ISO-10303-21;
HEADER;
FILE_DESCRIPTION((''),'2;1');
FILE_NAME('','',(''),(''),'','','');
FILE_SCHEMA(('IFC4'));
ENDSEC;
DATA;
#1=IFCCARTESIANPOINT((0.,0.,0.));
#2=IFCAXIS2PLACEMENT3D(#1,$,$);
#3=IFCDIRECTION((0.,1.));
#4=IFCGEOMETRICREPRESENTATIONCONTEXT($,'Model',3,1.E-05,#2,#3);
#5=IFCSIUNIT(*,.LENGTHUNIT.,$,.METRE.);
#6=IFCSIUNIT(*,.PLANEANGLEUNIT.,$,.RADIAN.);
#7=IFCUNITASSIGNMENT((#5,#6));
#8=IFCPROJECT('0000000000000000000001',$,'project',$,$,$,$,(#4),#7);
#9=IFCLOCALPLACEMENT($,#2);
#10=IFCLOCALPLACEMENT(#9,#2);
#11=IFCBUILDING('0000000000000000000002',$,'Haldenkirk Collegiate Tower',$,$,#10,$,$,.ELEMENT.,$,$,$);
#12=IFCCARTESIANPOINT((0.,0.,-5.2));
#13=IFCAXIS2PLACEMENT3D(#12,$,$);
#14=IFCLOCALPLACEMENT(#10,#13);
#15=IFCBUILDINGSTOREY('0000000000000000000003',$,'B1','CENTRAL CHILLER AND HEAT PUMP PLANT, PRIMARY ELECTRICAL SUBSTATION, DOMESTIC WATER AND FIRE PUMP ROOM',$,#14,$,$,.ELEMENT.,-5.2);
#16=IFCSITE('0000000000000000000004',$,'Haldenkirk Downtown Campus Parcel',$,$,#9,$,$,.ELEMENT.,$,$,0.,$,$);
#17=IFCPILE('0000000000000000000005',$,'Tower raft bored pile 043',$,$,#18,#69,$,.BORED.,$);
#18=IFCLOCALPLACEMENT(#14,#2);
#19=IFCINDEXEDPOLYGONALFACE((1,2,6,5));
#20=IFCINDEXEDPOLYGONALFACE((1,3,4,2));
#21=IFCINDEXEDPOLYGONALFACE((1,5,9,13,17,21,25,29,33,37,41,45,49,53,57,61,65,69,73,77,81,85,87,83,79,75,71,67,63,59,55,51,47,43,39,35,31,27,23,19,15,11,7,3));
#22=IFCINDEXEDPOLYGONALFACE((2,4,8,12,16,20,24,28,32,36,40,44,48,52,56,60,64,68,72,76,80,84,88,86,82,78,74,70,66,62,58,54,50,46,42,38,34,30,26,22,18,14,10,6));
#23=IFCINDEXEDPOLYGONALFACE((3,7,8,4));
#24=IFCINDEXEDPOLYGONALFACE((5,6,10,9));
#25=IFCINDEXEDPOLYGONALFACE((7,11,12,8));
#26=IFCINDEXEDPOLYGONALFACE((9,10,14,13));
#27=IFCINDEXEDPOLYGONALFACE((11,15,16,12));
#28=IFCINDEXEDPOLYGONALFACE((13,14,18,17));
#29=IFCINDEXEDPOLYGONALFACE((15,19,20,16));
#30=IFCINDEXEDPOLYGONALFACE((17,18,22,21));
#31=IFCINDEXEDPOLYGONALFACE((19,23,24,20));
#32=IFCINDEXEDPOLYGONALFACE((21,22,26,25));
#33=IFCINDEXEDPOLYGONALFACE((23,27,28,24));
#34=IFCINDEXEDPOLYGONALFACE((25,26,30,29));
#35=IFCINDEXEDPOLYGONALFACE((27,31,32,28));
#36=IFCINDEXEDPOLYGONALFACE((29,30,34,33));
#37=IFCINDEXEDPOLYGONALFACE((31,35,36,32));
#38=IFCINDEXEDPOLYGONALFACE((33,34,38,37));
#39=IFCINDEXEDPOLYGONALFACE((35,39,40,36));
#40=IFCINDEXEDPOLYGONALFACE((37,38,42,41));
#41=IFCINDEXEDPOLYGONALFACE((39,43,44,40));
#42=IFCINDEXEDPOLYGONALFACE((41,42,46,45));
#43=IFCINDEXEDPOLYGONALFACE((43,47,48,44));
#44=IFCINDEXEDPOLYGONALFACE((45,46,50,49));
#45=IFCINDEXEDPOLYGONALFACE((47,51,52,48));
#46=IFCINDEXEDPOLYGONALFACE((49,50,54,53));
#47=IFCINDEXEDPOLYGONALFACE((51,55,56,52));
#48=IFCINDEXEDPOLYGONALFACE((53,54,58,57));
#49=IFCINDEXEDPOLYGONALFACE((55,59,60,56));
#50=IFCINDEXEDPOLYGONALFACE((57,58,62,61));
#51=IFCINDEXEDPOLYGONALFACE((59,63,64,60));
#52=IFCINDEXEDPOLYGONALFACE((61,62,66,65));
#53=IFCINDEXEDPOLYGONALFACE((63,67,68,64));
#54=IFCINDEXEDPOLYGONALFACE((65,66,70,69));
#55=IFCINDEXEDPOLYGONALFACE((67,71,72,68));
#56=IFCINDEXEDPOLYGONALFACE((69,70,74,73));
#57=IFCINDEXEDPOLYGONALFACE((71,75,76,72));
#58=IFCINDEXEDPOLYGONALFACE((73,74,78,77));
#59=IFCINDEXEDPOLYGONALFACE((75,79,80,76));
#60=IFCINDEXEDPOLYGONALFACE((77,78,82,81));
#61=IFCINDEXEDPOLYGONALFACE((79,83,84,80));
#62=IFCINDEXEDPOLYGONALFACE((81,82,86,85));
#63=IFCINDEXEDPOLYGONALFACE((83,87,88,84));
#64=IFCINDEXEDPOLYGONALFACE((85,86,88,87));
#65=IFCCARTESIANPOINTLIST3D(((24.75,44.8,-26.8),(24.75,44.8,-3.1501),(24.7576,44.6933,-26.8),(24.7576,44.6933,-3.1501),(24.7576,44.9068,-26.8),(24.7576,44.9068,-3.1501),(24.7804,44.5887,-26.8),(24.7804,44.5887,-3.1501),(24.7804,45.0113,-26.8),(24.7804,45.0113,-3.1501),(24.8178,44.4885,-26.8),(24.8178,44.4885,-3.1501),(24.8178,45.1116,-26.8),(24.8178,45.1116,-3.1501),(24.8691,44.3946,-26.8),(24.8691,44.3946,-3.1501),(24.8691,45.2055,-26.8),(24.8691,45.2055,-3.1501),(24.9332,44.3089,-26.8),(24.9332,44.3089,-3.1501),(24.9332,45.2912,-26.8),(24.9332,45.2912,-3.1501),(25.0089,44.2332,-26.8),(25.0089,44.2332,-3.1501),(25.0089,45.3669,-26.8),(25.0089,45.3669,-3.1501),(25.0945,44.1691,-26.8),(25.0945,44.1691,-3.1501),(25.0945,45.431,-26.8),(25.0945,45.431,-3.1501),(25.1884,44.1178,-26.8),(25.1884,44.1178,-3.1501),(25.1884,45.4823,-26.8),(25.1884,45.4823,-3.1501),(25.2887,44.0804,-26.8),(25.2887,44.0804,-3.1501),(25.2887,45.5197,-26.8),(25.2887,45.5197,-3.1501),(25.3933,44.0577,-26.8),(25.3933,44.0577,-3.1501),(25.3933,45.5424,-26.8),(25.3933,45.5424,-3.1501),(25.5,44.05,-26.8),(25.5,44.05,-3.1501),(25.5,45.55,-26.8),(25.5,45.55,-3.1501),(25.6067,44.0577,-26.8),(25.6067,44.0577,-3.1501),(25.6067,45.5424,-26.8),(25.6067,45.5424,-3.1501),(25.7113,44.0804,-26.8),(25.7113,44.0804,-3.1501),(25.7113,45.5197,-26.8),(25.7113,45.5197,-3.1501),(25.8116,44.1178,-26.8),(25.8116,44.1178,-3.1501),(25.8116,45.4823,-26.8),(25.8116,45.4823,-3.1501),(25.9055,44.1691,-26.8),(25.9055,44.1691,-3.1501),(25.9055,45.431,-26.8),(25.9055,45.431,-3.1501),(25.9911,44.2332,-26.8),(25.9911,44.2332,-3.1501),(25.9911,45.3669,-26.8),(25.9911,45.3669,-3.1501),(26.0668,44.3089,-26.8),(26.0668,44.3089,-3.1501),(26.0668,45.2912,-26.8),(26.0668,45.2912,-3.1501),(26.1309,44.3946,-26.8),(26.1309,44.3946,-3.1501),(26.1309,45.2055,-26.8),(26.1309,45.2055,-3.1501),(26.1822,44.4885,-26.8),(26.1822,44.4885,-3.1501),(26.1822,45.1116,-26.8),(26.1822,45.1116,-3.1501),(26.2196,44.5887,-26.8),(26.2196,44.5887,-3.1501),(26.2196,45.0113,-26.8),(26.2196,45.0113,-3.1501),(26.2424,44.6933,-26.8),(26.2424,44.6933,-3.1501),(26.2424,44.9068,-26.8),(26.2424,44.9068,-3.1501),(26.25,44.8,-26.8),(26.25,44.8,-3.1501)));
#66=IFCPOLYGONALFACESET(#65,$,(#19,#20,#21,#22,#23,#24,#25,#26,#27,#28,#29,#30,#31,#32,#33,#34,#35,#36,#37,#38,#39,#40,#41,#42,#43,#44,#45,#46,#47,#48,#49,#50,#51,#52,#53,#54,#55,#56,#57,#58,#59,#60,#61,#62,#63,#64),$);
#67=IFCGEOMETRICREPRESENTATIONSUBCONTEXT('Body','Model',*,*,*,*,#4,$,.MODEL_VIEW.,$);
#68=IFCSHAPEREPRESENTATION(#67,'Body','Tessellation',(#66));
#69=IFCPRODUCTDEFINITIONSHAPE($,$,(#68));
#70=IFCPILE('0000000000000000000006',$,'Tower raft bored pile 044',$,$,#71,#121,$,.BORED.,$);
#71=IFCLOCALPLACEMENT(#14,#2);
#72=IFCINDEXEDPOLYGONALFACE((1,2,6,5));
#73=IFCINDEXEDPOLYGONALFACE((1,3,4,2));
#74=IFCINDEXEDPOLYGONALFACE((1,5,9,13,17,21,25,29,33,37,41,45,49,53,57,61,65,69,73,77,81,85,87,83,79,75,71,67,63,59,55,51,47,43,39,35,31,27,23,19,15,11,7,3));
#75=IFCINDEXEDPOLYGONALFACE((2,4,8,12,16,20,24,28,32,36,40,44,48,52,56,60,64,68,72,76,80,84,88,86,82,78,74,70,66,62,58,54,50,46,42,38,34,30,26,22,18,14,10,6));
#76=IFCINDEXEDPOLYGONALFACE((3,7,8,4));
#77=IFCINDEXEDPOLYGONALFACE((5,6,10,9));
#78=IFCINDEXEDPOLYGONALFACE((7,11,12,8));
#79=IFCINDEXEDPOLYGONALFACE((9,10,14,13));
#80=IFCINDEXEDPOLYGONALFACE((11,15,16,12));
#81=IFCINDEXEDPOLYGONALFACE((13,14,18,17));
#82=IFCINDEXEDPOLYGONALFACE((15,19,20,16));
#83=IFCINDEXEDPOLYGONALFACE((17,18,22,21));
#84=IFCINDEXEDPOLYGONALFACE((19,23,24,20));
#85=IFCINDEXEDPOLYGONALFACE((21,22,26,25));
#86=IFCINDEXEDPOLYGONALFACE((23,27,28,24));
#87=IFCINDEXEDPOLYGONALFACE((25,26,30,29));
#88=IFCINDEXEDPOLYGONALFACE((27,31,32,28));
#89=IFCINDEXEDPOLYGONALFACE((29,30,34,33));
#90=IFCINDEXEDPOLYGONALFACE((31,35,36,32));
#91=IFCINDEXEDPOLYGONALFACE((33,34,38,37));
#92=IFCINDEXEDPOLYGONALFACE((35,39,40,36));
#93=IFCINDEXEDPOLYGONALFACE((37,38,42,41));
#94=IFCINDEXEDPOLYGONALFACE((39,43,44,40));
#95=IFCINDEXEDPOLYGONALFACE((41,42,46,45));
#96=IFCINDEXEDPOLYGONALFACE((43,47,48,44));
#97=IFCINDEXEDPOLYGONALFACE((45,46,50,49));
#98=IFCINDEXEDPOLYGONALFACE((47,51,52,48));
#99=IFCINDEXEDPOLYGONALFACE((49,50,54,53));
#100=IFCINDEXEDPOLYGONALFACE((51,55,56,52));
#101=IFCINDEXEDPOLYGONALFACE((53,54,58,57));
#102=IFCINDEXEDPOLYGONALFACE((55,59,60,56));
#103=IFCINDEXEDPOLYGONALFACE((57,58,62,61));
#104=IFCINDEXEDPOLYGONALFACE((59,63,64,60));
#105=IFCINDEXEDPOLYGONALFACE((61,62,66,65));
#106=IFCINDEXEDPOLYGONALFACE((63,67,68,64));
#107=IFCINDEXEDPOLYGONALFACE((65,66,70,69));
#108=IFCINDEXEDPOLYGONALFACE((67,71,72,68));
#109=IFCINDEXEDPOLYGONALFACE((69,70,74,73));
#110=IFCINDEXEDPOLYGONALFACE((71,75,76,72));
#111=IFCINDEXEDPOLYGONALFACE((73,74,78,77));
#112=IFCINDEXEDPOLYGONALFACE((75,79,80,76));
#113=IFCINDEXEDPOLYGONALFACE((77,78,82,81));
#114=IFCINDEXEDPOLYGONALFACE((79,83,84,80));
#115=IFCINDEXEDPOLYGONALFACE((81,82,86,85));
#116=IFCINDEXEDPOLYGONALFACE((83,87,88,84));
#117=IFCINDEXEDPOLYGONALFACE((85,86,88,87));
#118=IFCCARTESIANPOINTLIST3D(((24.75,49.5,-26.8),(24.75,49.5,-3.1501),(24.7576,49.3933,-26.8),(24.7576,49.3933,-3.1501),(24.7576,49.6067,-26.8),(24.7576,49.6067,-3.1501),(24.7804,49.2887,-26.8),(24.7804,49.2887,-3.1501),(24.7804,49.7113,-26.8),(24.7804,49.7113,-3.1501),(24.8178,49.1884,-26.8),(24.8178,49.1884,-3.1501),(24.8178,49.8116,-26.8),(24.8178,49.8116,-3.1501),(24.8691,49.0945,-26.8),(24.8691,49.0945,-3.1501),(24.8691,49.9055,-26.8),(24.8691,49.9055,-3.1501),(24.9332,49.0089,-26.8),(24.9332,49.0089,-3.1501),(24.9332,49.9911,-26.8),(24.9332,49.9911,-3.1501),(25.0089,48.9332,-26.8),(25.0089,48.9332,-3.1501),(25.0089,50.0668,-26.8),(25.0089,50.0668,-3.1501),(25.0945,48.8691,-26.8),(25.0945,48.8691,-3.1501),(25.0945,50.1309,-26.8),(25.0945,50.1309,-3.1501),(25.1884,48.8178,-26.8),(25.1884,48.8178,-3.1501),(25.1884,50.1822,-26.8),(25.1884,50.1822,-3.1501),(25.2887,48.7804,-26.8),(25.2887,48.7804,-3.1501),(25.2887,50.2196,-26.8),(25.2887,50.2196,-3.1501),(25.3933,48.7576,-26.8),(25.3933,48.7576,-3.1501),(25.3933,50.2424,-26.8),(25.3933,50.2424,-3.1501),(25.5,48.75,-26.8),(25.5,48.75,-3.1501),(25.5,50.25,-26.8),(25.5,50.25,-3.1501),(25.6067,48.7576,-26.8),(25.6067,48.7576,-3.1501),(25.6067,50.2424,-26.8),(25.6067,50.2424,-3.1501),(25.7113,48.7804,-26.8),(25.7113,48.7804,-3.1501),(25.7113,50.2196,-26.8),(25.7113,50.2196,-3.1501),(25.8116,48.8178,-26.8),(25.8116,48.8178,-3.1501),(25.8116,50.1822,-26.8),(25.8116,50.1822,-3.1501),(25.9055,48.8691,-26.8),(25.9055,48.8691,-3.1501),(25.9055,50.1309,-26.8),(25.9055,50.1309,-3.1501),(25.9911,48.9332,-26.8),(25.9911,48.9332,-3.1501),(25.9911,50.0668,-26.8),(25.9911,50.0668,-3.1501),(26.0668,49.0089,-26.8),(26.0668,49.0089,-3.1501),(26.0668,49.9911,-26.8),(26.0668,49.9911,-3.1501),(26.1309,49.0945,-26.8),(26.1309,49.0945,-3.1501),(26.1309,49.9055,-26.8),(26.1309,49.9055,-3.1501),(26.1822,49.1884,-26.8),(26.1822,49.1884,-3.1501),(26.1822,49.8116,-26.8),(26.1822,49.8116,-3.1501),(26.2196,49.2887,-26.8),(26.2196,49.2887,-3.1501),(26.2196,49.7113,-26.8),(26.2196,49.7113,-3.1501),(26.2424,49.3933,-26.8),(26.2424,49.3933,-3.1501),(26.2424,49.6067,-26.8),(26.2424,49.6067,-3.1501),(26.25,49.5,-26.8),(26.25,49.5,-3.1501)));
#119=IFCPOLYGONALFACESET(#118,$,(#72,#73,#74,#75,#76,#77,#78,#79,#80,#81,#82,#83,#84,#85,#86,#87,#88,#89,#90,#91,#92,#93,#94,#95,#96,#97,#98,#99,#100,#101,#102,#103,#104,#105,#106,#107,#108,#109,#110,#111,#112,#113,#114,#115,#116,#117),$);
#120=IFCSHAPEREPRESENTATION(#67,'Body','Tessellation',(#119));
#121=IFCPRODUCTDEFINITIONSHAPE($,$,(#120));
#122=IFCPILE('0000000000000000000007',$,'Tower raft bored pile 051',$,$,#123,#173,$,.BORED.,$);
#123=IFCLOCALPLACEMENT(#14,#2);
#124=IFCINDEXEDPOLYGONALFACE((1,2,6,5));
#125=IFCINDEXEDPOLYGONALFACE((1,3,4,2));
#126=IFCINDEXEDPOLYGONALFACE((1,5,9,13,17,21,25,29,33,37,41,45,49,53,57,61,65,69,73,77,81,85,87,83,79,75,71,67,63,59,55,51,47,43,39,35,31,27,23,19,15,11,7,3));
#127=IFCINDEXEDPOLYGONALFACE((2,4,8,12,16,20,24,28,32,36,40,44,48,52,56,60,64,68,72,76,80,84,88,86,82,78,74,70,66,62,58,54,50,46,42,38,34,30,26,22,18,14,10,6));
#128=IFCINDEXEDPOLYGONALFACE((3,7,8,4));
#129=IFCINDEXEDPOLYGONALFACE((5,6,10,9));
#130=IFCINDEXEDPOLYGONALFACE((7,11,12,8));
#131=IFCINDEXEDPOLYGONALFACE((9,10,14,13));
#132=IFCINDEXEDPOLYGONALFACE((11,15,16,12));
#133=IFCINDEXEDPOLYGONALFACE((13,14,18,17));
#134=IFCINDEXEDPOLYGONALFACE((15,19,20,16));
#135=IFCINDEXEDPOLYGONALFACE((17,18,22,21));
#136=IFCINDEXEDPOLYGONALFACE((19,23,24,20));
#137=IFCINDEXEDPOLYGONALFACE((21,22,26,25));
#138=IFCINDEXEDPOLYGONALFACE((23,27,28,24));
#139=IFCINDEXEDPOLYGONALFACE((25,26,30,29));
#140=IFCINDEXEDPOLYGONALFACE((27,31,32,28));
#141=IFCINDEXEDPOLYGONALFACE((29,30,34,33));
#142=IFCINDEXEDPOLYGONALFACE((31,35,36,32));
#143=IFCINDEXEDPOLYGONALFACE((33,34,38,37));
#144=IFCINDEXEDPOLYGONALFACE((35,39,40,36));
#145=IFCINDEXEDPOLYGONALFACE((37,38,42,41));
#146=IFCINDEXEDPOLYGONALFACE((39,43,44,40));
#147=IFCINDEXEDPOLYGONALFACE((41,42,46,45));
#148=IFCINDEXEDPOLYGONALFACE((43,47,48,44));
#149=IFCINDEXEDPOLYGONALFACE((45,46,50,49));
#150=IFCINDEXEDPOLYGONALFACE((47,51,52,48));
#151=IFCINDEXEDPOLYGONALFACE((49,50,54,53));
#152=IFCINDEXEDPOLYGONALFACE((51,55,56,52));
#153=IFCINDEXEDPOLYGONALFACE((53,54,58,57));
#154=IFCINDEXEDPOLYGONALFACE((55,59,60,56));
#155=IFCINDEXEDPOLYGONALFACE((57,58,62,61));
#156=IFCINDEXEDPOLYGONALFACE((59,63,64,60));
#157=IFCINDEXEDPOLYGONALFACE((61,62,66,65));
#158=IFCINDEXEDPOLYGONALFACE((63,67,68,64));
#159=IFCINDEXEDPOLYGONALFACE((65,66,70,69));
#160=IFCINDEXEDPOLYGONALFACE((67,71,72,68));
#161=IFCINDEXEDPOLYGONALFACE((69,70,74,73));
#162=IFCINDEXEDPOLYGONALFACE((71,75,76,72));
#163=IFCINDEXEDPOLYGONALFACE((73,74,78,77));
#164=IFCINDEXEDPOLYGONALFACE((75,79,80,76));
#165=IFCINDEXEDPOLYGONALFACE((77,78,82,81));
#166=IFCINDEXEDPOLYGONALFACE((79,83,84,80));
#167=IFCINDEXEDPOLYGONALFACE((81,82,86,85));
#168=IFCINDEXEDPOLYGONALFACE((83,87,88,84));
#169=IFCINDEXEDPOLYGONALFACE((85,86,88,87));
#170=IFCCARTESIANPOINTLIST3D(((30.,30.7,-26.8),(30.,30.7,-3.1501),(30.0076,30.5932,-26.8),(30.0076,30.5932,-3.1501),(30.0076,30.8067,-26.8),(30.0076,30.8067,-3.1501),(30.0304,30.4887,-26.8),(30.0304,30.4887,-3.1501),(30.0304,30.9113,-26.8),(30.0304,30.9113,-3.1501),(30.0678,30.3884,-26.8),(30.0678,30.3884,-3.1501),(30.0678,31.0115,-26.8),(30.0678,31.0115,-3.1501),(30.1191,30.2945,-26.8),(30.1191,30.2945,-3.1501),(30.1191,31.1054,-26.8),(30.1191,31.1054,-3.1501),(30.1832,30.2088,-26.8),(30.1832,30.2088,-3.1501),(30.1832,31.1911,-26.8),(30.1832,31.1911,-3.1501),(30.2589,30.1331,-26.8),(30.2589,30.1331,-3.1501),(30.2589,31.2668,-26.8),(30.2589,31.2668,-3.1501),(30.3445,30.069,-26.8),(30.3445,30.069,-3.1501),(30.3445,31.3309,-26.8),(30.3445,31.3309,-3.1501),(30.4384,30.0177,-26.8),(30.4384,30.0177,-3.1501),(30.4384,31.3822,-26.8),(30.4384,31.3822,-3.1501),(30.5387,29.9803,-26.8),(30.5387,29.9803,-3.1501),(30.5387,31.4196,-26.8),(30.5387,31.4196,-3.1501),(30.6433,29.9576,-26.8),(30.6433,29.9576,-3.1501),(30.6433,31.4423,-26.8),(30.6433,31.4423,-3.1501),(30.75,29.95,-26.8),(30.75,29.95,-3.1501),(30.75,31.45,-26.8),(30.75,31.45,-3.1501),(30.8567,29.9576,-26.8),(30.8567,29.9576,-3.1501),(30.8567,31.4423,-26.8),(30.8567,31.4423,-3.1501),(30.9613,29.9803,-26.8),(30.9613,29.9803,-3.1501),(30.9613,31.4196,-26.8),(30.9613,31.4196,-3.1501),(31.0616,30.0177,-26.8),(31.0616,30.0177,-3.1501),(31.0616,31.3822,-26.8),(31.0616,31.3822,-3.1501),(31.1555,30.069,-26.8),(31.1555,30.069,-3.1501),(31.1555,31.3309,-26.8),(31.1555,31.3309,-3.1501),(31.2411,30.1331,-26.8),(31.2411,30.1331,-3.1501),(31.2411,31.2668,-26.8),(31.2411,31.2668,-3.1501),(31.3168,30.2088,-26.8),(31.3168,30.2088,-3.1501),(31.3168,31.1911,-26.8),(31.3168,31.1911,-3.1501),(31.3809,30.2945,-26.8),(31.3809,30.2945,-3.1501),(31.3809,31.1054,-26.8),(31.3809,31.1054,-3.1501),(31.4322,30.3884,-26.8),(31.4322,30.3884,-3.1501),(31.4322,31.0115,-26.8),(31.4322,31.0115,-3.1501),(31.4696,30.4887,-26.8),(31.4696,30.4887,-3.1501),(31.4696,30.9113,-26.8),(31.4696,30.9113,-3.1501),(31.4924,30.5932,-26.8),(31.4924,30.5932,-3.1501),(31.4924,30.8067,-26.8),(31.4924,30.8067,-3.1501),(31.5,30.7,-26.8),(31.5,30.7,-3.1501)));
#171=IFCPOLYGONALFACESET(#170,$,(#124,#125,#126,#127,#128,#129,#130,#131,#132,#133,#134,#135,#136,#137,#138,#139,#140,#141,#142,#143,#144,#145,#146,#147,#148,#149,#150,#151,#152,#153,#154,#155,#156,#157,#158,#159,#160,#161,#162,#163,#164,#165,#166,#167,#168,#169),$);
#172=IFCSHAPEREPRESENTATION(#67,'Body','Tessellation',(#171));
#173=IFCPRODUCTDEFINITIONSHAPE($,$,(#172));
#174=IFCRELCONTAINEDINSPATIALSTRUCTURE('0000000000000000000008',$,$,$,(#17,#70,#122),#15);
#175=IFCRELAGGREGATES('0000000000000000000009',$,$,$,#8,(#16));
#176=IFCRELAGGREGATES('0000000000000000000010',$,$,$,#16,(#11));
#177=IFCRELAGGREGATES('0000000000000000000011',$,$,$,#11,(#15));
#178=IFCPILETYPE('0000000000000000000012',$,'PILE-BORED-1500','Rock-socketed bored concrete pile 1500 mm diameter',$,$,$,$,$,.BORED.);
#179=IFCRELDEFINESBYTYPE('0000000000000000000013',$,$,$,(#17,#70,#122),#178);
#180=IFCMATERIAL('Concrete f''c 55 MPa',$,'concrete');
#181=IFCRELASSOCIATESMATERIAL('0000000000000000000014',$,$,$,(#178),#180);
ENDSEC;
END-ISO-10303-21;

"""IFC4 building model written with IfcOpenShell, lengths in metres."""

from ifc_helpers import new_model, si_unit, direction, frame, origin, origin_2d, place, context, subcontext, project, spatial, circle, extrude, material, material_profile, profile_set, type_object, element, save


model = new_model("IFC4")

# Units and contexts
model_context = context("Model", 3, precision=1e-05, world=origin(), true_north=direction((0.0, 1.0)))
body_context = subcontext(model_context, "Body", "Model", "MODEL_VIEW")
ifc_project = project(units=[si_unit("LENGTHUNIT", "METRE"), si_unit("PLANEANGLEUNIT", "RADIAN")], contexts=[model_context])

# Site, building, storey
site_placement = place(None, origin())
site = spatial("IfcSite", under=ifc_project, at=site_placement, Name="Haldenkirk Downtown Campus Parcel", CompositionType="ELEMENT", RefElevation=0.0)
building_placement = place(site_placement, origin())
building = spatial("IfcBuilding", under=site, at=building_placement, Name="Haldenkirk Collegiate Tower", CompositionType="ELEMENT")
storey_placement = place(building_placement, frame((0.0, 0.0, -5.2)))
storey = spatial("IfcBuildingStorey", under=building, at=storey_placement, Name="B1", Description="CENTRAL CHILLER AND HEAT PUMP PLANT, PRIMARY ELECTRICAL SUBSTATION, DOMESTIC WATER AND FIRE PUMP ROOM", CompositionType="ELEMENT", Elevation=-5.2)

# Piles
ifc_material_1 = material(Name="Concrete f'c 55 MPa", Category="concrete")
ifc_material_profile_1 = material_profile(ifc_material_1, circle(Radius=0.75, at=origin_2d()), Name="PILE1500")
ifc_profile_set_1 = profile_set([ifc_material_profile_1], Name="Concrete f'c 55 MPa")
pile_type = type_object("IfcPileType", Name="PILE-BORED-1500", Description="Rock-socketed bored concrete pile 1500 mm diameter", PredefinedType="BORED", material=ifc_profile_set_1)
for number, where, z_axis, x_axis, name in (
    (1, (25.5, 44.8, -3.1501), (0.0, 0.0, -1.0), (1.0, 0.0, 0.0), "Tower raft bored pile 043"),
    (2, (25.5, 49.5, -3.1501), (0.0, 0.0, -1.0), (1.0, 0.0, 0.0), "Tower raft bored pile 044"),
    (3, (30.75, 30.7, -3.1501), (0.0, 0.0, -1.0), (1.0, 0.0, 0.0), "Tower raft bored pile 051"),
):
    element("IfcPile", number, at=place(storey_placement, frame(where, z_axis=z_axis, x_axis=x_axis)), inside=storey, type_object=pile_type, Name=name, PredefinedType="BORED", context=body_context, shape_type="SweptSolid", body=[
        extrude(circle(Radius=0.75, at=origin_2d()), origin(), (0.0, 0.0, 1.0), 23.6499),
    ])

save(model, "model.ifc")
